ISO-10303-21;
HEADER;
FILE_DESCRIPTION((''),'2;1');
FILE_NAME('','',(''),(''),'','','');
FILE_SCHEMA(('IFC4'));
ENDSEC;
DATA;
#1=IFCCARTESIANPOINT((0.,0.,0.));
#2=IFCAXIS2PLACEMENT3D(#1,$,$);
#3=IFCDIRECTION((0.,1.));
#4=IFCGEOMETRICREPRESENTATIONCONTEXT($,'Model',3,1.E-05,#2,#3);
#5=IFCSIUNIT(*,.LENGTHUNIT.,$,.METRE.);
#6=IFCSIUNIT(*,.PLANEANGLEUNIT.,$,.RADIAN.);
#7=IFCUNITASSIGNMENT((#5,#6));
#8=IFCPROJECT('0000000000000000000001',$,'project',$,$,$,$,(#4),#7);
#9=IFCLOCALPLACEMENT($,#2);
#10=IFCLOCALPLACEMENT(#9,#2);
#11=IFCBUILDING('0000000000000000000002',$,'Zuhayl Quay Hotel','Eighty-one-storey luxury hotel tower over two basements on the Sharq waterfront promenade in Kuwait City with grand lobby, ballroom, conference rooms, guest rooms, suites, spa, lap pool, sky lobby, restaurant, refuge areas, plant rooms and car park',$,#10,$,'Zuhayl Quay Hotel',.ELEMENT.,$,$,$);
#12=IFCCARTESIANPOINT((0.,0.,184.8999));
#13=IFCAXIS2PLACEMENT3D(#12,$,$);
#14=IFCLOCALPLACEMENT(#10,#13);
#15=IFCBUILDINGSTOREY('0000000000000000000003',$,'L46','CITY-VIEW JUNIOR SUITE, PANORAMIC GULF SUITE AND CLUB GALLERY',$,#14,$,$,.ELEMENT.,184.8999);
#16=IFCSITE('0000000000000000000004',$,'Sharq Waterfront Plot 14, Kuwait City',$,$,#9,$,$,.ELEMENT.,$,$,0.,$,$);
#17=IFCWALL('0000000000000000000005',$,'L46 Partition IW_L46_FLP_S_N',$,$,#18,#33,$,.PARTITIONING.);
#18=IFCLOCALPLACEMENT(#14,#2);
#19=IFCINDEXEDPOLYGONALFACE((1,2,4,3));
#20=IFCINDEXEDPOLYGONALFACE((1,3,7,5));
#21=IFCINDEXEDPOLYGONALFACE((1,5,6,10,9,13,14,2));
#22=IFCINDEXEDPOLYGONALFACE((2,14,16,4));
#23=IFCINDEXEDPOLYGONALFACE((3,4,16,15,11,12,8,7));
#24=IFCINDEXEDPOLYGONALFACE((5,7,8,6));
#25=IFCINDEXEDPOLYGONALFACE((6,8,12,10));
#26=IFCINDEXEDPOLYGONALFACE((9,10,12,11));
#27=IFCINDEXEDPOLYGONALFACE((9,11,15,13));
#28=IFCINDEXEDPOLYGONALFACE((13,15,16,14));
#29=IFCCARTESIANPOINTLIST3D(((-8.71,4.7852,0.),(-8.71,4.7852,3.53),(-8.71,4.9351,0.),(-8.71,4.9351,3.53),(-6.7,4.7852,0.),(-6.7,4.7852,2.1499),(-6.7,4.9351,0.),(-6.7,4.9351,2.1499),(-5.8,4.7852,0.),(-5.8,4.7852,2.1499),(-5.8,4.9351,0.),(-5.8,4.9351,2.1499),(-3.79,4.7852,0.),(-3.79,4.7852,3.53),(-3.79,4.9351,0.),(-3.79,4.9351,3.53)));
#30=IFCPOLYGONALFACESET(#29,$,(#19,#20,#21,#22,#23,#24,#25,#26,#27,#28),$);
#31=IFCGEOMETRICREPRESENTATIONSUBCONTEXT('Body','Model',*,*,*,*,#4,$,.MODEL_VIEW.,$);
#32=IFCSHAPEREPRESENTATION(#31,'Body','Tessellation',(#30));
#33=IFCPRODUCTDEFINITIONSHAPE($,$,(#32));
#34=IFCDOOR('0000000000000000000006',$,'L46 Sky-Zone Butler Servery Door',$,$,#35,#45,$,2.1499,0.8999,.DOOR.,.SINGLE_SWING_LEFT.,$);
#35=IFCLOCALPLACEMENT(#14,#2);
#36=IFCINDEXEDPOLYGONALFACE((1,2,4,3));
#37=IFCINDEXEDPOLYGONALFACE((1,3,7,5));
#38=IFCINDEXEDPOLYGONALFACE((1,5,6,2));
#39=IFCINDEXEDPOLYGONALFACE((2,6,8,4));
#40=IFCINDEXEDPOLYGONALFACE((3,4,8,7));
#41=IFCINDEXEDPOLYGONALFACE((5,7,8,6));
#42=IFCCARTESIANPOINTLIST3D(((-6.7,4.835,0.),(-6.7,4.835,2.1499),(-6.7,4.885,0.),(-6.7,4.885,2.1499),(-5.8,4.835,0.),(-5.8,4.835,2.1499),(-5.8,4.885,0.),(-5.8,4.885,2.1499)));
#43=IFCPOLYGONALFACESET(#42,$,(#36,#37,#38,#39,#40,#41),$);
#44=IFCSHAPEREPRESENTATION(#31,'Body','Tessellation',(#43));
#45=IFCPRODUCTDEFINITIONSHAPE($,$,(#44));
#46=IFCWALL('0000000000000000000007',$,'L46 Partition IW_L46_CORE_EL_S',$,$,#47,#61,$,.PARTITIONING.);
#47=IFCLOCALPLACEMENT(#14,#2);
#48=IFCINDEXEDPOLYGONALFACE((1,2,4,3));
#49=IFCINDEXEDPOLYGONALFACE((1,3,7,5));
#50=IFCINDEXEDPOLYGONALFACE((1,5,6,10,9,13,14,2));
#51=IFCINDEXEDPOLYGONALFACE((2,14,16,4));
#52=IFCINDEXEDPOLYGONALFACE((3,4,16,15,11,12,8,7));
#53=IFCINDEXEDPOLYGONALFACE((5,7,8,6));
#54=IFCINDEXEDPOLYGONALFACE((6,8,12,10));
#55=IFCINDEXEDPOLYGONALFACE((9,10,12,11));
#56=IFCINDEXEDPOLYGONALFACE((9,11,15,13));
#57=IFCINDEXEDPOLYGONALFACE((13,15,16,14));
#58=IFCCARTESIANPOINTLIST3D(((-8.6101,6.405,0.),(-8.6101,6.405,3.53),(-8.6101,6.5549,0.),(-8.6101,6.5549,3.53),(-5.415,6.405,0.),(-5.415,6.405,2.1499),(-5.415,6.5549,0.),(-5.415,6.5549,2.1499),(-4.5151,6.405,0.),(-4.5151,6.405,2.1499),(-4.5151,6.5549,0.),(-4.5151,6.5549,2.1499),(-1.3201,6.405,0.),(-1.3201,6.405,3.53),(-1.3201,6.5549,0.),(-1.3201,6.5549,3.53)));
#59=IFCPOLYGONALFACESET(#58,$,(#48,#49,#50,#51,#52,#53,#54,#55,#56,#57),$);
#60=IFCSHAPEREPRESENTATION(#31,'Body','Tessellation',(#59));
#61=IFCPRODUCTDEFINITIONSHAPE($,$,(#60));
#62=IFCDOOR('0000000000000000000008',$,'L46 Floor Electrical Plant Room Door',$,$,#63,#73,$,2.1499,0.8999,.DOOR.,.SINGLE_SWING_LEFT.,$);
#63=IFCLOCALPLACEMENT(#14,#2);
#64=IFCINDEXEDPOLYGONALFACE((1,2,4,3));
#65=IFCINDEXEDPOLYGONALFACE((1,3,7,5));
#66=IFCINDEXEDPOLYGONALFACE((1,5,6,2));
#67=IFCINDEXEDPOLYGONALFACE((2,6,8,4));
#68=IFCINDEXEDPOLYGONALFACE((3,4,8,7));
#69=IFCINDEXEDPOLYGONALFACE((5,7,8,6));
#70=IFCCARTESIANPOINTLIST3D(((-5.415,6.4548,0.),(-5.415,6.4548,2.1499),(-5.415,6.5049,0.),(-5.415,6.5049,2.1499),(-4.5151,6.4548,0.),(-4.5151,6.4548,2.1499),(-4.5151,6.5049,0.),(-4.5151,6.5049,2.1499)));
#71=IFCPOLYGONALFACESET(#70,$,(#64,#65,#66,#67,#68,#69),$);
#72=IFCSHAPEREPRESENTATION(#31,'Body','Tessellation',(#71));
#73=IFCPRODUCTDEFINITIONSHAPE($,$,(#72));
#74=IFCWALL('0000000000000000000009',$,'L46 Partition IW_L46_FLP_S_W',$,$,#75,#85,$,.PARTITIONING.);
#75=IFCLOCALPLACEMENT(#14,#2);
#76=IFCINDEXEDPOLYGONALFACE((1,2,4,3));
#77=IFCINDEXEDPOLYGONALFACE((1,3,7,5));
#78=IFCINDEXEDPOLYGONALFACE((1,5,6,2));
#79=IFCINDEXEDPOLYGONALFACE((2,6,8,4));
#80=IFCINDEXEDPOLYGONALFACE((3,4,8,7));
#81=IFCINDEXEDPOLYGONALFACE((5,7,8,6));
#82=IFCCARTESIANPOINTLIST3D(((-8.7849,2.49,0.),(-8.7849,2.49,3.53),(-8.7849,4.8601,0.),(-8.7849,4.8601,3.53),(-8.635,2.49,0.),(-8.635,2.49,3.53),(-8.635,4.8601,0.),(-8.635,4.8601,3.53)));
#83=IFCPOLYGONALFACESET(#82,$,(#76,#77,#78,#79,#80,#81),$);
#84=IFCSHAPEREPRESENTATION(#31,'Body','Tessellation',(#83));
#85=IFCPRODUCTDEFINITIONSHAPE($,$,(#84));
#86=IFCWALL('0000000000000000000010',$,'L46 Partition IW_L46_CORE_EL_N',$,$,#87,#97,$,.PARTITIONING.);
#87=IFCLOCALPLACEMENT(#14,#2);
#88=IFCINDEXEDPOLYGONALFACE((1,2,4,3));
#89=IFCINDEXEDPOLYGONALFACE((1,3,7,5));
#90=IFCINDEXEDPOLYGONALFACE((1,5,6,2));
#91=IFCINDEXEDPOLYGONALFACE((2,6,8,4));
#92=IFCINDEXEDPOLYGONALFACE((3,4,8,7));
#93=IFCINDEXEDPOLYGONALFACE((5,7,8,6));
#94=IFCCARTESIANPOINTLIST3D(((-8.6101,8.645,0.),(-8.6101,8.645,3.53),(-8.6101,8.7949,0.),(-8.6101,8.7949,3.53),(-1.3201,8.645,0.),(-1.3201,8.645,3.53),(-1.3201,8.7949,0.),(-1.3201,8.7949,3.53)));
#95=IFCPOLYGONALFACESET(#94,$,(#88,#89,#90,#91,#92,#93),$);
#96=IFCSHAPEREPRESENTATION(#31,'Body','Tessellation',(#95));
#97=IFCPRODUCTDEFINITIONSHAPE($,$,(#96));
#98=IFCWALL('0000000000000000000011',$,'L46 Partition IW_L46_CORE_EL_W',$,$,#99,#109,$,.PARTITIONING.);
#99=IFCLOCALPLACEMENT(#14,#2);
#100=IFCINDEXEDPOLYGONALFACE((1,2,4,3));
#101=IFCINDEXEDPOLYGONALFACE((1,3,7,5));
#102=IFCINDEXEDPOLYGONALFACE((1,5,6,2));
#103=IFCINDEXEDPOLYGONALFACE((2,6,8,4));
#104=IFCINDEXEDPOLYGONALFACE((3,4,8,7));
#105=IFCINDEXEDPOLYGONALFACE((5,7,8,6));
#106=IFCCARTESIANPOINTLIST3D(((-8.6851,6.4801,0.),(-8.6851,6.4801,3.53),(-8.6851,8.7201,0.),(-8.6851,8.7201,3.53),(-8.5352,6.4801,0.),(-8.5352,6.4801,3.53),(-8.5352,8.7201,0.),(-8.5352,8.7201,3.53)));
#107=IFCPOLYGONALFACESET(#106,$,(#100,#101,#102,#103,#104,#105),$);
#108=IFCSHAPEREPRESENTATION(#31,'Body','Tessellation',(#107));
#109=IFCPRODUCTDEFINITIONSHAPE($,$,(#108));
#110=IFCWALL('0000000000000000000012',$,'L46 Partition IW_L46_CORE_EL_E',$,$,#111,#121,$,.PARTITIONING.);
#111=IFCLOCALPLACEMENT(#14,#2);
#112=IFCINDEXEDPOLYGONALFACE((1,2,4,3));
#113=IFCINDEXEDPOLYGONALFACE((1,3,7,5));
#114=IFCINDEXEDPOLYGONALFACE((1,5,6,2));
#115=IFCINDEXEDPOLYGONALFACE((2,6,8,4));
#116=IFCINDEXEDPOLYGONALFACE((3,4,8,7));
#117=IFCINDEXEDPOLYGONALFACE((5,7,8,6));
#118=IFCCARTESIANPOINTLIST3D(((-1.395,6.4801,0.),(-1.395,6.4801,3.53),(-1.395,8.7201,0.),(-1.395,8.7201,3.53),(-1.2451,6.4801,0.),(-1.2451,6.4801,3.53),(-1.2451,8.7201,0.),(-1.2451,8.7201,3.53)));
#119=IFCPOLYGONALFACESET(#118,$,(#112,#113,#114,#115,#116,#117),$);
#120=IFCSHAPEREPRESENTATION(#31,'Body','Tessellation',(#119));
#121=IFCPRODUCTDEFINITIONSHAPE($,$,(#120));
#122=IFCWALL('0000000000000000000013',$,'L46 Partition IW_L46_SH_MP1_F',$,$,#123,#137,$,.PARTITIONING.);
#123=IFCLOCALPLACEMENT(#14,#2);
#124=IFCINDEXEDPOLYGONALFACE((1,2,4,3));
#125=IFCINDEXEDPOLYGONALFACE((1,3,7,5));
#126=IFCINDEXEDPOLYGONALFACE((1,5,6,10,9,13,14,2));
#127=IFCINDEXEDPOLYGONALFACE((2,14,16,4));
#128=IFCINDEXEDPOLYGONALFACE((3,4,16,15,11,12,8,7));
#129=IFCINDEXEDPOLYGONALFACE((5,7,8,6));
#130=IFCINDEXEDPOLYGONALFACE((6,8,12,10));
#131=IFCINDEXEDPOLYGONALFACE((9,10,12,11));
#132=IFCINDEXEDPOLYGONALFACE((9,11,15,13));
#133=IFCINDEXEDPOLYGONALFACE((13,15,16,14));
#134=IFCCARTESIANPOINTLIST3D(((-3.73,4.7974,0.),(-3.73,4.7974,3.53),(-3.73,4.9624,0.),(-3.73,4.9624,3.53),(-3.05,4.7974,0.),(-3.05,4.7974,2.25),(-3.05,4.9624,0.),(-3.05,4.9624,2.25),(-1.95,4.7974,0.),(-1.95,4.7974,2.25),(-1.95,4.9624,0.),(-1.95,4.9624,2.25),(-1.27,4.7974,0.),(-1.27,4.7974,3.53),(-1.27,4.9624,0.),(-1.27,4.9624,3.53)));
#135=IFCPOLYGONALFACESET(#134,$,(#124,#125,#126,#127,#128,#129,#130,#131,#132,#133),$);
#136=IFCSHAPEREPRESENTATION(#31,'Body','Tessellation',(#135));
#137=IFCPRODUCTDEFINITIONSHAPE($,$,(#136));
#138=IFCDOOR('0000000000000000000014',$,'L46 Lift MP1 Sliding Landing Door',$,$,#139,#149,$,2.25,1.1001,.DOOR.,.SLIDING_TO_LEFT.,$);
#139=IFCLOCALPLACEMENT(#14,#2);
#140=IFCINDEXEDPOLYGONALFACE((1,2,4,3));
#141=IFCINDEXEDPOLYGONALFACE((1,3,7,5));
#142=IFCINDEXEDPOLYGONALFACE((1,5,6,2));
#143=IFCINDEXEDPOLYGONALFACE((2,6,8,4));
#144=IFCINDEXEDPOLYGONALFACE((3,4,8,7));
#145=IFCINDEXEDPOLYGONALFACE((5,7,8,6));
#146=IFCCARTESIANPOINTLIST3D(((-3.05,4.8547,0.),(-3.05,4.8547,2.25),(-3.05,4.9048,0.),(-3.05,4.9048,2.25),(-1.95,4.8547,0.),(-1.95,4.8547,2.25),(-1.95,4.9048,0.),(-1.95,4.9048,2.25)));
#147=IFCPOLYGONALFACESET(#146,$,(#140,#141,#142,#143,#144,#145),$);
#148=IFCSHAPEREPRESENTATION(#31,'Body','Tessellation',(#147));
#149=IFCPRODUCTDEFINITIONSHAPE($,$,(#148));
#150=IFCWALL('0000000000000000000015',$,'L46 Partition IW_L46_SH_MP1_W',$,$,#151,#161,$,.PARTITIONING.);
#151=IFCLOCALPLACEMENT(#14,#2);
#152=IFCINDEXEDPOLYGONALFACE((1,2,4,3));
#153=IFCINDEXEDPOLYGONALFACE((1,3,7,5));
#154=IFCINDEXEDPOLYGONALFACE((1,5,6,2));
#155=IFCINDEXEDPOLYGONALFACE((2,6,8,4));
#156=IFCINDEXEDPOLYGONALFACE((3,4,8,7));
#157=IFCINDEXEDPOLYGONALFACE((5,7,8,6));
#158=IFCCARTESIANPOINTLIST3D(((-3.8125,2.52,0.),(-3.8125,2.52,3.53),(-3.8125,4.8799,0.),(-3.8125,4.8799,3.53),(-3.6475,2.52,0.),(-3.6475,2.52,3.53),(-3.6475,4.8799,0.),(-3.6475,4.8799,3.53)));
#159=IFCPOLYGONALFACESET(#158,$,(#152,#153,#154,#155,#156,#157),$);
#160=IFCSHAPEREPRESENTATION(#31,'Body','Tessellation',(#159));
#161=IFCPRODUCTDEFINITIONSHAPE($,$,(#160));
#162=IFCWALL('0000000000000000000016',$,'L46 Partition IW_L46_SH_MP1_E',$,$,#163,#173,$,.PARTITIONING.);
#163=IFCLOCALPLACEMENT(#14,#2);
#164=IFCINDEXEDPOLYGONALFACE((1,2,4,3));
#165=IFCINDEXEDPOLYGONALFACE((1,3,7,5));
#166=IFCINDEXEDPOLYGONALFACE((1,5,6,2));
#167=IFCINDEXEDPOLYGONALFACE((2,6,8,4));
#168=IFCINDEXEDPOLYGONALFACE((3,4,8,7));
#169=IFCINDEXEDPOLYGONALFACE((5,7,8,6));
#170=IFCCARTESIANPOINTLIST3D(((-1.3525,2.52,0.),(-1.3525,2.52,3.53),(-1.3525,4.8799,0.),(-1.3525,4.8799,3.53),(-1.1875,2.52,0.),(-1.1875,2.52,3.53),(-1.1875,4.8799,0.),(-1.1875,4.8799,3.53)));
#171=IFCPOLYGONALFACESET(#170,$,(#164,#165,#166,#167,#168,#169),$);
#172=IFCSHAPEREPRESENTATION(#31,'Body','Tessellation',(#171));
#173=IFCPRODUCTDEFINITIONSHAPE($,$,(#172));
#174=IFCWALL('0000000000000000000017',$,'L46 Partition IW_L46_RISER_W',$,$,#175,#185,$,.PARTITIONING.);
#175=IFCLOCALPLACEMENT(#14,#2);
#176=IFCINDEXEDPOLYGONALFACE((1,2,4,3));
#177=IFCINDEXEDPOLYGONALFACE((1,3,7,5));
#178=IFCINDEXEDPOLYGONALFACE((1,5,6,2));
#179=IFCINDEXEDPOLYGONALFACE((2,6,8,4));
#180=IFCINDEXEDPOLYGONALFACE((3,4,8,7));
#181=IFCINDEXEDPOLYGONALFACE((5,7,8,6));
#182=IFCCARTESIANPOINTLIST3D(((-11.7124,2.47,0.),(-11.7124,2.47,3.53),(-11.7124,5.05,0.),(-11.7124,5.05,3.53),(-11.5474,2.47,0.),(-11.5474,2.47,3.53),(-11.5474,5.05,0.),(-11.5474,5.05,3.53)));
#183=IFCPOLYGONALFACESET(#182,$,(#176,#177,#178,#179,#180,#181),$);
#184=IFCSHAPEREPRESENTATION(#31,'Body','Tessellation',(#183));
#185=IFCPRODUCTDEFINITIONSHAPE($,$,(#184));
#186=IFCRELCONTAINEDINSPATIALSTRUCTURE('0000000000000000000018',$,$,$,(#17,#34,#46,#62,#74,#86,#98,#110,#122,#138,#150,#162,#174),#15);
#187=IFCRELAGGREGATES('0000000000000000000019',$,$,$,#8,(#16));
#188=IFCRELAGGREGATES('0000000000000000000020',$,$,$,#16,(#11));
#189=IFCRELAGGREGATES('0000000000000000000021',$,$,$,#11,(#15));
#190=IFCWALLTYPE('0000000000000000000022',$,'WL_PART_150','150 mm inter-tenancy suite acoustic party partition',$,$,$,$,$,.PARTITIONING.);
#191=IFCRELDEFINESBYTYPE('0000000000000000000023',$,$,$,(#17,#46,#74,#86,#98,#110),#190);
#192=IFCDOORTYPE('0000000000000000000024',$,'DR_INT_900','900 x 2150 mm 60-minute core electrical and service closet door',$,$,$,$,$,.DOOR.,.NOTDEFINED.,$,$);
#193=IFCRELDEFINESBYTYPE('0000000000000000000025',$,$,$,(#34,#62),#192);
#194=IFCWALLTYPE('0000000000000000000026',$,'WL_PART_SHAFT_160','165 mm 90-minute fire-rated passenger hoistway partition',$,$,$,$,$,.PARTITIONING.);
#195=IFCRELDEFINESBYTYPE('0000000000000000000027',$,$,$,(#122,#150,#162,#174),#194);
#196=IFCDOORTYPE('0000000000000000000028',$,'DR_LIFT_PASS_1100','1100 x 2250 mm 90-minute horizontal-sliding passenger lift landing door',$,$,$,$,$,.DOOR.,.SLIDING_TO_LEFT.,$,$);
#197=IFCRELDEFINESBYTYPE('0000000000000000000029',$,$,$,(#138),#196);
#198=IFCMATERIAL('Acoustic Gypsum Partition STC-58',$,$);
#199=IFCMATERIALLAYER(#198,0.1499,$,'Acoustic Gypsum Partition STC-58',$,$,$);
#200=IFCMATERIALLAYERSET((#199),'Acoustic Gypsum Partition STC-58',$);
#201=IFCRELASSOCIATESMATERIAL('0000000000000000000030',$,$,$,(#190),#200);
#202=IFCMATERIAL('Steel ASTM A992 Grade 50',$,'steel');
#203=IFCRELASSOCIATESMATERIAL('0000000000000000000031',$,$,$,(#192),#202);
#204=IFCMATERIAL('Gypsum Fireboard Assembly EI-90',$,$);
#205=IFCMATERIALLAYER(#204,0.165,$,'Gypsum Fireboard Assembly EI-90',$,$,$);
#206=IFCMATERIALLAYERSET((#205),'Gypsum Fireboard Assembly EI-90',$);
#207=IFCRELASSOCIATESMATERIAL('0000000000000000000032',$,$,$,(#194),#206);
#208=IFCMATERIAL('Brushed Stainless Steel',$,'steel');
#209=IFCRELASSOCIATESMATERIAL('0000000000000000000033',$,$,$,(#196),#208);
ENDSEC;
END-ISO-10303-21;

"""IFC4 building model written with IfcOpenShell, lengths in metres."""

from ifc_helpers import new_model, si_unit, direction, frame, frame_2d, origin, place, context, subcontext, project, spatial, rectangle, extrude, material, layer, layer_set, type_object, element, fill, save


model = new_model("IFC4")

# Units and contexts
model_context = context("Model", 3, precision=1e-05, world=origin(), true_north=direction((0.0, 1.0)))
body_context = subcontext(model_context, "Body", "Model", "MODEL_VIEW")
ifc_project = project(units=[si_unit("LENGTHUNIT", "METRE"), si_unit("PLANEANGLEUNIT", "RADIAN")], contexts=[model_context])

# Site, building, storey
site_placement = place(None, origin())
site = spatial("IfcSite", under=ifc_project, at=site_placement, Name="Sharq Waterfront Plot 14, Kuwait City", CompositionType="ELEMENT", RefElevation=0.0)
building_placement = place(site_placement, origin())
building = spatial("IfcBuilding", under=site, at=building_placement, Name="Zuhayl Quay Hotel", Description="Eighty-one-storey luxury hotel tower over two basements on the Sharq waterfront promenade in Kuwait City with grand lobby, ballroom, conference rooms, guest rooms, suites, spa, lap pool, sky lobby, restaurant, refuge areas, plant rooms and car park", LongName="Zuhayl Quay Hotel", CompositionType="ELEMENT")
storey_placement = place(building_placement, frame((0.0, 0.0, 184.8999)))
storey = spatial("IfcBuildingStorey", under=building, at=storey_placement, Name="L46", Description="CITY-VIEW JUNIOR SUITE, PANORAMIC GULF SUITE AND CLUB GALLERY", CompositionType="ELEMENT", Elevation=184.8999)

# Shared definitions
ifc_material_1 = material(Name="Steel ASTM A992 Grade 50", Category="steel")

# Walls, openings, doors
ifc_material_2 = material(Name="Acoustic Gypsum Partition STC-58")
ifc_layer_1 = layer(ifc_material_2, 0.1499, Name="Acoustic Gypsum Partition STC-58")
ifc_layer_set_1 = layer_set([ifc_layer_1], Name="Acoustic Gypsum Partition STC-58")
wall_type_1 = type_object("IfcWallType", Name="WL_PART_150", Description="150 mm inter-tenancy suite acoustic party partition", PredefinedType="PARTITIONING", material=ifc_layer_set_1)
wall_1_placement = place(storey_placement, frame((-8.71, 4.8601, 0.0), z_axis=(0.0, 0.0, 1.0), x_axis=(1.0, 0.0, 0.0)))
wall_1 = element("IfcWall", 1, at=wall_1_placement, inside=storey, type_object=wall_type_1, Name="L46 Partition IW_L46_FLP_S_N", PredefinedType="PARTITIONING", context=body_context, shape_type="SweptSolid", body=[
    extrude(rectangle(XDim=4.9199, YDim=0.1499, at=frame_2d((2.46, 0.0))), origin(), (0.0, 0.0, 1.0), 3.53),
])
opening_1_placement = place(wall_1_placement, frame((2.01, 0.0, 0.0)))
opening_1 = element("IfcOpeningElement", 2, at=opening_1_placement, cuts=wall_1, PredefinedType="OPENING", context=body_context, shape_type="SweptSolid", body=[
    extrude(rectangle(XDim=0.8999, YDim=2.1499, at=frame_2d((0.45, 1.075))), frame((0.0, 0.085, 0.0), z_axis=(0.0, -1.0, 0.0), x_axis=(1.0, 0.0, 0.0)), (0.0, 0.0, 1.0), 0.1699),
])
door_type_1 = type_object("IfcDoorType", Name="DR_INT_900", Description="900 x 2150 mm 60-minute core electrical and service closet door", OperationType="NOTDEFINED", PredefinedType="DOOR", material=ifc_material_1)
door_1_placement = place(opening_1_placement, origin())
door_1 = element("IfcDoor", 3, at=door_1_placement, inside=storey, type_object=door_type_1, Name="L46 Sky-Zone Butler Servery Door", OperationType="SINGLE_SWING_LEFT", OverallHeight=2.1499, OverallWidth=0.8999, PredefinedType="DOOR", context=body_context, shape_type="SweptSolid", body=[
    extrude(rectangle(XDim=0.8999, YDim=2.1499, at=frame_2d((0.45, 1.075))), frame((0.0, 0.0249, 0.0), z_axis=(0.0, -1.0, 0.0), x_axis=(1.0, 0.0, 0.0)), (0.0, 0.0, 1.0), 0.05),
])
fill(opening_1, door_1)
wall_2_placement = place(storey_placement, frame((-8.6101, 6.48, 0.0), z_axis=(0.0, 0.0, 1.0), x_axis=(1.0, 0.0, 0.0)))
wall_2 = element("IfcWall", 4, at=wall_2_placement, inside=storey, type_object=wall_type_1, Name="L46 Partition IW_L46_CORE_EL_S", PredefinedType="PARTITIONING", context=body_context, shape_type="SweptSolid", body=[
    extrude(rectangle(XDim=7.29, YDim=0.1499, at=frame_2d((3.645, 0.0))), origin(), (0.0, 0.0, 1.0), 3.53),
])
opening_2_placement = place(wall_2_placement, frame((3.1951, 0.0, 0.0)))
opening_2 = element("IfcOpeningElement", 5, at=opening_2_placement, cuts=wall_2, PredefinedType="OPENING", context=body_context, shape_type="SweptSolid", body=[
    extrude(rectangle(XDim=0.8999, YDim=2.1499, at=frame_2d((0.45, 1.075))), frame((0.0, 0.085, 0.0), z_axis=(0.0, -1.0, 0.0), x_axis=(1.0, 0.0, 0.0)), (0.0, 0.0, 1.0), 0.1699),
])
door_2_placement = place(opening_2_placement, origin())
door_2 = element("IfcDoor", 6, at=door_2_placement, inside=storey, type_object=door_type_1, Name="L46 Floor Electrical Plant Room Door", OperationType="SINGLE_SWING_LEFT", OverallHeight=2.1499, OverallWidth=0.8999, PredefinedType="DOOR", context=body_context, shape_type="SweptSolid", body=[
    extrude(rectangle(XDim=0.8999, YDim=2.1499, at=frame_2d((0.45, 1.075))), frame((0.0, 0.0249, 0.0), z_axis=(0.0, -1.0, 0.0), x_axis=(1.0, 0.0, 0.0)), (0.0, 0.0, 1.0), 0.05),
])
fill(opening_2, door_2)

# Walls
wall_3_placement = place(storey_placement, frame((-8.71, 2.49, 0.0), z_axis=(0.0, 0.0, 1.0), x_axis=(0.0, 1.0, 0.0)))
element("IfcWall", 7, at=wall_3_placement, inside=storey, type_object=wall_type_1, Name="L46 Partition IW_L46_FLP_S_W", PredefinedType="PARTITIONING", context=body_context, shape_type="SweptSolid", body=[
    extrude(rectangle(XDim=2.3701, YDim=0.1499, at=frame_2d((1.1851, 0.0))), origin(), (0.0, 0.0, 1.0), 3.53),
])
wall_4_placement = place(storey_placement, frame((-8.6101, 8.72, 0.0), z_axis=(0.0, 0.0, 1.0), x_axis=(1.0, 0.0, 0.0)))
element("IfcWall", 8, at=wall_4_placement, inside=storey, type_object=wall_type_1, Name="L46 Partition IW_L46_CORE_EL_N", PredefinedType="PARTITIONING", context=body_context, shape_type="SweptSolid", body=[
    extrude(rectangle(XDim=7.29, YDim=0.1499, at=frame_2d((3.645, 0.0))), origin(), (0.0, 0.0, 1.0), 3.53),
])
for number, where, z_axis, x_axis, name in (
    (9, (-8.6101, 6.48, 0.0), (0.0, 0.0, 1.0), (0.0, 1.0, 0.0), "L46 Partition IW_L46_CORE_EL_W"),
    (10, (-1.3201, 6.48, 0.0), (0.0, 0.0, 1.0), (0.0, 1.0, 0.0), "L46 Partition IW_L46_CORE_EL_E"),
):
    element("IfcWall", number, at=place(storey_placement, frame(where, z_axis=z_axis, x_axis=x_axis)), inside=storey, type_object=wall_type_1, Name=name, PredefinedType="PARTITIONING", context=body_context, shape_type="SweptSolid", body=[
        extrude(rectangle(XDim=2.24, YDim=0.1499, at=frame_2d((1.1201, 0.0))), origin(), (0.0, 0.0, 1.0), 3.53),
    ])

# Wall, opening, door
ifc_material_3 = material(Name="Gypsum Fireboard Assembly EI-90")
ifc_layer_2 = layer(ifc_material_3, 0.165, Name="Gypsum Fireboard Assembly EI-90")
ifc_layer_set_2 = layer_set([ifc_layer_2], Name="Gypsum Fireboard Assembly EI-90")
wall_type_2 = type_object("IfcWallType", Name="WL_PART_SHAFT_160", Description="165 mm 90-minute fire-rated passenger hoistway partition", PredefinedType="PARTITIONING", material=ifc_layer_set_2)
wall_5_placement = place(storey_placement, frame((-3.73, 4.8799, 0.0), z_axis=(0.0, 0.0, 1.0), x_axis=(1.0, 0.0, 0.0)))
wall_5 = element("IfcWall", 11, at=wall_5_placement, inside=storey, type_object=wall_type_2, Name="L46 Partition IW_L46_SH_MP1_F", PredefinedType="PARTITIONING", context=body_context, shape_type="SweptSolid", body=[
    extrude(rectangle(XDim=2.46, YDim=0.165, at=frame_2d((1.23, 0.0))), origin(), (0.0, 0.0, 1.0), 3.53),
])
opening_3_placement = place(wall_5_placement, frame((0.6799, 0.0, 0.0)))
opening_3 = element("IfcOpeningElement", 12, at=opening_3_placement, cuts=wall_5, PredefinedType="OPENING", context=body_context, shape_type="SweptSolid", body=[
    extrude(rectangle(XDim=1.1001, YDim=2.25, at=frame_2d((0.55, 1.125))), frame((0.0, 0.0925, 0.0), z_axis=(0.0, -1.0, 0.0), x_axis=(1.0, 0.0, 0.0)), (0.0, 0.0, 1.0), 0.1851),
])
ifc_material_4 = material(Name="Brushed Stainless Steel", Category="steel")
door_type_2 = type_object("IfcDoorType", Name="DR_LIFT_PASS_1100", Description="1100 x 2250 mm 90-minute horizontal-sliding passenger lift landing door", OperationType="SLIDING_TO_LEFT", PredefinedType="DOOR", material=ifc_material_4)
door_3_placement = place(opening_3_placement, origin())
door_3 = element("IfcDoor", 13, at=door_3_placement, inside=storey, type_object=door_type_2, Name="L46 Lift MP1 Sliding Landing Door", OperationType="SLIDING_TO_LEFT", OverallHeight=2.25, OverallWidth=1.1001, PredefinedType="DOOR", context=body_context, shape_type="SweptSolid", body=[
    extrude(rectangle(XDim=1.1001, YDim=2.25, at=frame_2d((0.55, 1.125))), frame((0.0, 0.0249, 0.0), z_axis=(0.0, -1.0, 0.0), x_axis=(1.0, 0.0, 0.0)), (0.0, 0.0, 1.0), 0.05),
])
fill(opening_3, door_3)

# Walls
for number, where, z_axis, x_axis, name in (
    (14, (-3.73, 2.52, 0.0), (0.0, 0.0, 1.0), (0.0, 1.0, 0.0), "L46 Partition IW_L46_SH_MP1_W"),
    (15, (-1.27, 2.52, 0.0), (0.0, 0.0, 1.0), (0.0, 1.0, 0.0), "L46 Partition IW_L46_SH_MP1_E"),
):
    element("IfcWall", number, at=place(storey_placement, frame(where, z_axis=z_axis, x_axis=x_axis)), inside=storey, type_object=wall_type_2, Name=name, PredefinedType="PARTITIONING", context=body_context, shape_type="SweptSolid", body=[
        extrude(rectangle(XDim=2.3599, YDim=0.165, at=frame_2d((1.1799, 0.0))), origin(), (0.0, 0.0, 1.0), 3.53),
    ])
wall_6_placement = place(storey_placement, frame((-11.6299, 2.47, 0.0), z_axis=(0.0, 0.0, 1.0), x_axis=(0.0, 1.0, 0.0)))
element("IfcWall", 16, at=wall_6_placement, inside=storey, type_object=wall_type_2, Name="L46 Partition IW_L46_RISER_W", PredefinedType="PARTITIONING", context=body_context, shape_type="SweptSolid", body=[
    extrude(rectangle(XDim=2.5801, YDim=0.165, at=frame_2d((1.29, 0.0))), origin(), (0.0, 0.0, 1.0), 3.53),
])

save(model, "model.ifc")
